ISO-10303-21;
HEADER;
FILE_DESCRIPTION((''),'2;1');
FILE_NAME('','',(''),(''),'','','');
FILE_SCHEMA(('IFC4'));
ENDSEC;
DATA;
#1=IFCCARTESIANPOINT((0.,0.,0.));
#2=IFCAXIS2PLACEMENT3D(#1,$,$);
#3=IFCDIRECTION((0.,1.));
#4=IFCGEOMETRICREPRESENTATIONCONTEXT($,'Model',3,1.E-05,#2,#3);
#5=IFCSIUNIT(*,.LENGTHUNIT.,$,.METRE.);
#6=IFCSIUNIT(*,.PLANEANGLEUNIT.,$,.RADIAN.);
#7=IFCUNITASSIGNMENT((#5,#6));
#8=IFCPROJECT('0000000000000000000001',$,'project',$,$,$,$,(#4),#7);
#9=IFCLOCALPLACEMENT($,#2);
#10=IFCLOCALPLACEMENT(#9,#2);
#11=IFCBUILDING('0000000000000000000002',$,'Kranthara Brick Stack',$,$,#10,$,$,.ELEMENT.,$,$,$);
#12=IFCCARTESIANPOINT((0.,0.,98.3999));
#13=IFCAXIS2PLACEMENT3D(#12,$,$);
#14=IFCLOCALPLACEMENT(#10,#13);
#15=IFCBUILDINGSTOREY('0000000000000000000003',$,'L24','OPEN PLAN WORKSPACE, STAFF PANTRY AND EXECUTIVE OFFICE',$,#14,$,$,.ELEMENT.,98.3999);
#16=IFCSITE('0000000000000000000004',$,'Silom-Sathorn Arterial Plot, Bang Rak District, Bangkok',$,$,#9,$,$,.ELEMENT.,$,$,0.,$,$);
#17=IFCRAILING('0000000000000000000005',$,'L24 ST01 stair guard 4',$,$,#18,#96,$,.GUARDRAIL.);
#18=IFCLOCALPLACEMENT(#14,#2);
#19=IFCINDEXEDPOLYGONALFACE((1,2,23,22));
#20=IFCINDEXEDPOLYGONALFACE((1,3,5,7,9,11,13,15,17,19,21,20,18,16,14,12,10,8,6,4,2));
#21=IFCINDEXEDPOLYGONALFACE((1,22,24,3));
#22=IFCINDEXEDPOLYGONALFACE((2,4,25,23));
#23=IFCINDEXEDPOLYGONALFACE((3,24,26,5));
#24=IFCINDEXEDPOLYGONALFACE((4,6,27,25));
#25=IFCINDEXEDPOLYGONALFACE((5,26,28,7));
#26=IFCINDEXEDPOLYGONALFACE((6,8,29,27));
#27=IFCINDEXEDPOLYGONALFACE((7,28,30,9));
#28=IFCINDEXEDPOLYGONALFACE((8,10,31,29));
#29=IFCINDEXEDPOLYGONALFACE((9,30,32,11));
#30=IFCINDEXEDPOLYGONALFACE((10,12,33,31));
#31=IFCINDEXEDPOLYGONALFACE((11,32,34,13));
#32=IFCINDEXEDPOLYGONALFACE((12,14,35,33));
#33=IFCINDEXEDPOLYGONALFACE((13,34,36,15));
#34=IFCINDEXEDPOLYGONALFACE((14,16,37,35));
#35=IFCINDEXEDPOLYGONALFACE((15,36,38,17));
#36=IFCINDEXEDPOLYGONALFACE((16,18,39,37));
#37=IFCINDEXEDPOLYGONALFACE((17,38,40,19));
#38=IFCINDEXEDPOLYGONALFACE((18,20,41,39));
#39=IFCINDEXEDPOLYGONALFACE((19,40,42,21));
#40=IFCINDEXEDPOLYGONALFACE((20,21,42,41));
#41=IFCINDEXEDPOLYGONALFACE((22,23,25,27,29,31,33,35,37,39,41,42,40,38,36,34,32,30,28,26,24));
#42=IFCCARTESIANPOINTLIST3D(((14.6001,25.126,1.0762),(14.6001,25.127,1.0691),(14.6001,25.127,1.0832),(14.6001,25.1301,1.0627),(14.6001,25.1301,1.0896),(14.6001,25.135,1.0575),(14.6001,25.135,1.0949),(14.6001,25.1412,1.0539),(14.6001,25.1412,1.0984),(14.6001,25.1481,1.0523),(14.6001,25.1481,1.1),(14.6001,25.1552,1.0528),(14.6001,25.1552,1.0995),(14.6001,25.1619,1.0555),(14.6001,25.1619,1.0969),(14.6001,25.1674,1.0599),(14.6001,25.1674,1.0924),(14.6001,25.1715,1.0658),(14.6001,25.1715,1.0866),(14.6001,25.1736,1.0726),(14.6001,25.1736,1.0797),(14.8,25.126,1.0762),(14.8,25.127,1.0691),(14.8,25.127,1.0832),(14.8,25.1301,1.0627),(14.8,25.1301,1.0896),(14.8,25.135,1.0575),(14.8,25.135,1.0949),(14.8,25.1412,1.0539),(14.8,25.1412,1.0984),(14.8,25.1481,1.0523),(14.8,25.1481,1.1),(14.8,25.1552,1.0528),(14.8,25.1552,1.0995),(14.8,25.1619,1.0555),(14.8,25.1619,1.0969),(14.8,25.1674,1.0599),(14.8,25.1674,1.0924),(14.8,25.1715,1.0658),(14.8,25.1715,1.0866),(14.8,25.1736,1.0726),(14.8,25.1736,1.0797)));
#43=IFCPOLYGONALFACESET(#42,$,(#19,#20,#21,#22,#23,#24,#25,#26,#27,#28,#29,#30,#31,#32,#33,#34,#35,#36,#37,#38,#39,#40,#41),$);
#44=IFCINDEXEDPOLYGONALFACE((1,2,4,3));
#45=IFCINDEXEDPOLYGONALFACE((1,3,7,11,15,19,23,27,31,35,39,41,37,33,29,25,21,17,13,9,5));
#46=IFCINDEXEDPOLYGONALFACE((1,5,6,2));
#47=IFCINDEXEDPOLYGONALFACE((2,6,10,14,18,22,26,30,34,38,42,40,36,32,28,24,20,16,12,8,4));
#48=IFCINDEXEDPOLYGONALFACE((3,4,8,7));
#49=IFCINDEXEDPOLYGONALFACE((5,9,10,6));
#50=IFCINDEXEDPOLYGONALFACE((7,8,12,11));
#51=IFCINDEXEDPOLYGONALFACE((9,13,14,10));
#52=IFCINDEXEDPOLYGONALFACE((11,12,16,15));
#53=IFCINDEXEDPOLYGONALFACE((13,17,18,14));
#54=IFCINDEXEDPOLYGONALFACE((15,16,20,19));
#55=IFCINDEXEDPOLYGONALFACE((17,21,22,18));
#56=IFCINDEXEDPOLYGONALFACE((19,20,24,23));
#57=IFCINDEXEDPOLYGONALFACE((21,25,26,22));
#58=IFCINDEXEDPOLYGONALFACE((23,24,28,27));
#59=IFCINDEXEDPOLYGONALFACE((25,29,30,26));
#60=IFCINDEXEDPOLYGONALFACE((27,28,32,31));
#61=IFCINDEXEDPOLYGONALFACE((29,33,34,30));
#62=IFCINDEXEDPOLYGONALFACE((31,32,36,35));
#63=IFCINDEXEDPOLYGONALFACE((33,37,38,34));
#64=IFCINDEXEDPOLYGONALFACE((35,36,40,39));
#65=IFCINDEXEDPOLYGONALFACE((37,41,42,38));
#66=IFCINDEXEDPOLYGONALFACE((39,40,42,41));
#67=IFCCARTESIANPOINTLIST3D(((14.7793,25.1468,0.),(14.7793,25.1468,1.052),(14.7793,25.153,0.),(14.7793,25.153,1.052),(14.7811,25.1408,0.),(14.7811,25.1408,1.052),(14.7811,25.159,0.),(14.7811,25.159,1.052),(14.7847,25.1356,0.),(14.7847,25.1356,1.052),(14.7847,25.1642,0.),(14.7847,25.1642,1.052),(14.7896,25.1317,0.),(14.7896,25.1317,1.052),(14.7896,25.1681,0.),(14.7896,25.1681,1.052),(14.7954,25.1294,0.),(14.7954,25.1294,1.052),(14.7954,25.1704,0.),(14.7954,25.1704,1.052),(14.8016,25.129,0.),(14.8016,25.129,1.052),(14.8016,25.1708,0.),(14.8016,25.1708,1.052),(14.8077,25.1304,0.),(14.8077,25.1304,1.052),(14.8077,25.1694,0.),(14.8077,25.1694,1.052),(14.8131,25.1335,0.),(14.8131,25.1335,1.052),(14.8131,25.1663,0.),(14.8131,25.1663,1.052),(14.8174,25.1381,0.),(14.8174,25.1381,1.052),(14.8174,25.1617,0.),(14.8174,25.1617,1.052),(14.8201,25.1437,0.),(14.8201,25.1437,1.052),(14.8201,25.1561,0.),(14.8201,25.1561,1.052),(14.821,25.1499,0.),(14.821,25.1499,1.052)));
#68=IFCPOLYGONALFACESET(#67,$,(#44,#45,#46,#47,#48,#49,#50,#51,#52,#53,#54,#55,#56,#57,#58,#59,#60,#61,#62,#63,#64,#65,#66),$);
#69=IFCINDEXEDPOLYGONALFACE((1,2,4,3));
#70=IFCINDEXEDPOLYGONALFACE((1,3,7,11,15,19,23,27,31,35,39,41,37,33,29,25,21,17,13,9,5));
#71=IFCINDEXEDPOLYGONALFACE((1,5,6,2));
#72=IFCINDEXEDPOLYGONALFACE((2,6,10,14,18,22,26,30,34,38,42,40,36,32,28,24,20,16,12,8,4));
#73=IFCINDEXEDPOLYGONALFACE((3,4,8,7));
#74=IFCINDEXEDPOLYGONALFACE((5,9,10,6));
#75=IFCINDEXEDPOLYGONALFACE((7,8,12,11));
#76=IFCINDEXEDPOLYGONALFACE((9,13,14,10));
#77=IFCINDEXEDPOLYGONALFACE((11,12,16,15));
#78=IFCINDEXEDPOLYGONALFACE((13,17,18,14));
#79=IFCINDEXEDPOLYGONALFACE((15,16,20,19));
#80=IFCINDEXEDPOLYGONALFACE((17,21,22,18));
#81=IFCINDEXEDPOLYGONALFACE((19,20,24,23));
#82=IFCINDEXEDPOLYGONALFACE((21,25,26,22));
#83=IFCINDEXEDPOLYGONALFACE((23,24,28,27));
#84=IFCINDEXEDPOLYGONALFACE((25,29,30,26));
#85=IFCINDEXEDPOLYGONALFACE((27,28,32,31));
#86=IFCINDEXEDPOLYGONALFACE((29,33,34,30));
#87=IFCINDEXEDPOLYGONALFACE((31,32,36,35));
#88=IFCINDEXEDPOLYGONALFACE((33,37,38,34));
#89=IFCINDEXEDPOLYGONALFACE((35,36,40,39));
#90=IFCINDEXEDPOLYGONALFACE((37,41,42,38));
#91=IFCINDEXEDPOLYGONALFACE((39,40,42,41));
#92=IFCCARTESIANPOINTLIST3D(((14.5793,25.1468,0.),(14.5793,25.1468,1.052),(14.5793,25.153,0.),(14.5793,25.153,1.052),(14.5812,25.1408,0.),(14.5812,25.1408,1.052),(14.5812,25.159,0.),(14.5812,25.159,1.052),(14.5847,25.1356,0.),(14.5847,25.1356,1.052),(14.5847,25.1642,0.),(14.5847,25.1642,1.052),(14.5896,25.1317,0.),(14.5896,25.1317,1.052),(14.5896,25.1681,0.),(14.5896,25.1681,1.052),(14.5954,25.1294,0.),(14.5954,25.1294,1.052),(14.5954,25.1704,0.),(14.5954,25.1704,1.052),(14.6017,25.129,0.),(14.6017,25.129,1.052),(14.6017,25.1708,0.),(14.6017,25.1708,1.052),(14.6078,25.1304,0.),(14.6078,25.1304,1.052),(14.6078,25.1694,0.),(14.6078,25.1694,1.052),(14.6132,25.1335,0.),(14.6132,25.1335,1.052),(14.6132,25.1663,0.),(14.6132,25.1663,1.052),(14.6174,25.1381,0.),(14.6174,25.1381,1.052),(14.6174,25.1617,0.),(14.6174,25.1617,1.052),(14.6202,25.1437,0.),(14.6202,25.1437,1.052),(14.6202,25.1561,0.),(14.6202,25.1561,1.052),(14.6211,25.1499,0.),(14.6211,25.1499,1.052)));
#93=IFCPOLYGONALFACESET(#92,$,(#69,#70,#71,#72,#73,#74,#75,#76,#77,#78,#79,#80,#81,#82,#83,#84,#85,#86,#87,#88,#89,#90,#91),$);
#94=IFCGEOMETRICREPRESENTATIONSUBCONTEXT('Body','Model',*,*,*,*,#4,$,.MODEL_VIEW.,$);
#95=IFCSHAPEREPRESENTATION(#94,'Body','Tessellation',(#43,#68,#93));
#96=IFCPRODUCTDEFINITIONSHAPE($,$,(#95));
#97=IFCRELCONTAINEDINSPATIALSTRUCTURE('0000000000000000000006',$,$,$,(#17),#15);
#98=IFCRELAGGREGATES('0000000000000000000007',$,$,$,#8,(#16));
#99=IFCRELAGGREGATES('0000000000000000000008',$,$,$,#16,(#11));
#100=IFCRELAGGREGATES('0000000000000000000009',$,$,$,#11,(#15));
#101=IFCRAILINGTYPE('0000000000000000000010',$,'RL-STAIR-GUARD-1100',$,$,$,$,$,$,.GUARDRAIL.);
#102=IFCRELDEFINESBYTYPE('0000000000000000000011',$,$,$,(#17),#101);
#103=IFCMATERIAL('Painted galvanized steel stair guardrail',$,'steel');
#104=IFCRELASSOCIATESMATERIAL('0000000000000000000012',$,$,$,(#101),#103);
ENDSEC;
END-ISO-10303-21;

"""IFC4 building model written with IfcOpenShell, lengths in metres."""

from ifc_helpers import new_model, si_unit, direction, frame, origin, origin_2d, place, context, subcontext, project, spatial, circle, extrude, material, type_object, element, save


model = new_model("IFC4")

# Units and contexts
model_context = context("Model", 3, precision=1e-05, world=origin(), true_north=direction((0.0, 1.0)))
body_context = subcontext(model_context, "Body", "Model", "MODEL_VIEW")
ifc_project = project(units=[si_unit("LENGTHUNIT", "METRE"), si_unit("PLANEANGLEUNIT", "RADIAN")], contexts=[model_context])

# Site, building, storey
site_placement = place(None, origin())
site = spatial("IfcSite", under=ifc_project, at=site_placement, Name="Silom-Sathorn Arterial Plot, Bang Rak District, Bangkok", CompositionType="ELEMENT", RefElevation=0.0)
building_placement = place(site_placement, origin())
building = spatial("IfcBuilding", under=site, at=building_placement, Name="Kranthara Brick Stack", CompositionType="ELEMENT")
storey_placement = place(building_placement, frame((0.0, 0.0, 98.3999)))
storey = spatial("IfcBuildingStorey", under=building, at=storey_placement, Name="L24", Description="OPEN PLAN WORKSPACE, STAFF PANTRY AND EXECUTIVE OFFICE", CompositionType="ELEMENT", Elevation=98.3999)

# Railing
ifc_material_1 = material(Name="Painted galvanized steel stair guardrail", Category="steel")
railing_type = type_object("IfcRailingType", Name="RL-STAIR-GUARD-1100", PredefinedType="GUARDRAIL", material=ifc_material_1)
railing_placement = place(storey_placement, frame((14.8, 25.1499, 0.0)))
element("IfcRailing", 1, at=railing_placement, inside=storey, type_object=railing_type, Name="L24 ST01 stair guard 4", PredefinedType="GUARDRAIL", context=body_context, shape_type="SweptSolid", body=[
    extrude(circle(Radius=0.0239, at=origin_2d()), frame((0.0, 0.0, 1.0762), z_axis=(-1.0, 0.0, 0.0), x_axis=(0.0, -1.0, 0.0)), (0.0, 0.0, 1.0), 0.2),
    extrude(circle(Radius=0.021, at=origin_2d()), origin(), (0.0, 0.0, 1.0), 1.052),
    extrude(circle(Radius=0.021, at=origin_2d()), frame((-0.2, 0.0, 0.0)), (0.0, 0.0, 1.0), 1.052),
])

save(model, "model.ifc")
